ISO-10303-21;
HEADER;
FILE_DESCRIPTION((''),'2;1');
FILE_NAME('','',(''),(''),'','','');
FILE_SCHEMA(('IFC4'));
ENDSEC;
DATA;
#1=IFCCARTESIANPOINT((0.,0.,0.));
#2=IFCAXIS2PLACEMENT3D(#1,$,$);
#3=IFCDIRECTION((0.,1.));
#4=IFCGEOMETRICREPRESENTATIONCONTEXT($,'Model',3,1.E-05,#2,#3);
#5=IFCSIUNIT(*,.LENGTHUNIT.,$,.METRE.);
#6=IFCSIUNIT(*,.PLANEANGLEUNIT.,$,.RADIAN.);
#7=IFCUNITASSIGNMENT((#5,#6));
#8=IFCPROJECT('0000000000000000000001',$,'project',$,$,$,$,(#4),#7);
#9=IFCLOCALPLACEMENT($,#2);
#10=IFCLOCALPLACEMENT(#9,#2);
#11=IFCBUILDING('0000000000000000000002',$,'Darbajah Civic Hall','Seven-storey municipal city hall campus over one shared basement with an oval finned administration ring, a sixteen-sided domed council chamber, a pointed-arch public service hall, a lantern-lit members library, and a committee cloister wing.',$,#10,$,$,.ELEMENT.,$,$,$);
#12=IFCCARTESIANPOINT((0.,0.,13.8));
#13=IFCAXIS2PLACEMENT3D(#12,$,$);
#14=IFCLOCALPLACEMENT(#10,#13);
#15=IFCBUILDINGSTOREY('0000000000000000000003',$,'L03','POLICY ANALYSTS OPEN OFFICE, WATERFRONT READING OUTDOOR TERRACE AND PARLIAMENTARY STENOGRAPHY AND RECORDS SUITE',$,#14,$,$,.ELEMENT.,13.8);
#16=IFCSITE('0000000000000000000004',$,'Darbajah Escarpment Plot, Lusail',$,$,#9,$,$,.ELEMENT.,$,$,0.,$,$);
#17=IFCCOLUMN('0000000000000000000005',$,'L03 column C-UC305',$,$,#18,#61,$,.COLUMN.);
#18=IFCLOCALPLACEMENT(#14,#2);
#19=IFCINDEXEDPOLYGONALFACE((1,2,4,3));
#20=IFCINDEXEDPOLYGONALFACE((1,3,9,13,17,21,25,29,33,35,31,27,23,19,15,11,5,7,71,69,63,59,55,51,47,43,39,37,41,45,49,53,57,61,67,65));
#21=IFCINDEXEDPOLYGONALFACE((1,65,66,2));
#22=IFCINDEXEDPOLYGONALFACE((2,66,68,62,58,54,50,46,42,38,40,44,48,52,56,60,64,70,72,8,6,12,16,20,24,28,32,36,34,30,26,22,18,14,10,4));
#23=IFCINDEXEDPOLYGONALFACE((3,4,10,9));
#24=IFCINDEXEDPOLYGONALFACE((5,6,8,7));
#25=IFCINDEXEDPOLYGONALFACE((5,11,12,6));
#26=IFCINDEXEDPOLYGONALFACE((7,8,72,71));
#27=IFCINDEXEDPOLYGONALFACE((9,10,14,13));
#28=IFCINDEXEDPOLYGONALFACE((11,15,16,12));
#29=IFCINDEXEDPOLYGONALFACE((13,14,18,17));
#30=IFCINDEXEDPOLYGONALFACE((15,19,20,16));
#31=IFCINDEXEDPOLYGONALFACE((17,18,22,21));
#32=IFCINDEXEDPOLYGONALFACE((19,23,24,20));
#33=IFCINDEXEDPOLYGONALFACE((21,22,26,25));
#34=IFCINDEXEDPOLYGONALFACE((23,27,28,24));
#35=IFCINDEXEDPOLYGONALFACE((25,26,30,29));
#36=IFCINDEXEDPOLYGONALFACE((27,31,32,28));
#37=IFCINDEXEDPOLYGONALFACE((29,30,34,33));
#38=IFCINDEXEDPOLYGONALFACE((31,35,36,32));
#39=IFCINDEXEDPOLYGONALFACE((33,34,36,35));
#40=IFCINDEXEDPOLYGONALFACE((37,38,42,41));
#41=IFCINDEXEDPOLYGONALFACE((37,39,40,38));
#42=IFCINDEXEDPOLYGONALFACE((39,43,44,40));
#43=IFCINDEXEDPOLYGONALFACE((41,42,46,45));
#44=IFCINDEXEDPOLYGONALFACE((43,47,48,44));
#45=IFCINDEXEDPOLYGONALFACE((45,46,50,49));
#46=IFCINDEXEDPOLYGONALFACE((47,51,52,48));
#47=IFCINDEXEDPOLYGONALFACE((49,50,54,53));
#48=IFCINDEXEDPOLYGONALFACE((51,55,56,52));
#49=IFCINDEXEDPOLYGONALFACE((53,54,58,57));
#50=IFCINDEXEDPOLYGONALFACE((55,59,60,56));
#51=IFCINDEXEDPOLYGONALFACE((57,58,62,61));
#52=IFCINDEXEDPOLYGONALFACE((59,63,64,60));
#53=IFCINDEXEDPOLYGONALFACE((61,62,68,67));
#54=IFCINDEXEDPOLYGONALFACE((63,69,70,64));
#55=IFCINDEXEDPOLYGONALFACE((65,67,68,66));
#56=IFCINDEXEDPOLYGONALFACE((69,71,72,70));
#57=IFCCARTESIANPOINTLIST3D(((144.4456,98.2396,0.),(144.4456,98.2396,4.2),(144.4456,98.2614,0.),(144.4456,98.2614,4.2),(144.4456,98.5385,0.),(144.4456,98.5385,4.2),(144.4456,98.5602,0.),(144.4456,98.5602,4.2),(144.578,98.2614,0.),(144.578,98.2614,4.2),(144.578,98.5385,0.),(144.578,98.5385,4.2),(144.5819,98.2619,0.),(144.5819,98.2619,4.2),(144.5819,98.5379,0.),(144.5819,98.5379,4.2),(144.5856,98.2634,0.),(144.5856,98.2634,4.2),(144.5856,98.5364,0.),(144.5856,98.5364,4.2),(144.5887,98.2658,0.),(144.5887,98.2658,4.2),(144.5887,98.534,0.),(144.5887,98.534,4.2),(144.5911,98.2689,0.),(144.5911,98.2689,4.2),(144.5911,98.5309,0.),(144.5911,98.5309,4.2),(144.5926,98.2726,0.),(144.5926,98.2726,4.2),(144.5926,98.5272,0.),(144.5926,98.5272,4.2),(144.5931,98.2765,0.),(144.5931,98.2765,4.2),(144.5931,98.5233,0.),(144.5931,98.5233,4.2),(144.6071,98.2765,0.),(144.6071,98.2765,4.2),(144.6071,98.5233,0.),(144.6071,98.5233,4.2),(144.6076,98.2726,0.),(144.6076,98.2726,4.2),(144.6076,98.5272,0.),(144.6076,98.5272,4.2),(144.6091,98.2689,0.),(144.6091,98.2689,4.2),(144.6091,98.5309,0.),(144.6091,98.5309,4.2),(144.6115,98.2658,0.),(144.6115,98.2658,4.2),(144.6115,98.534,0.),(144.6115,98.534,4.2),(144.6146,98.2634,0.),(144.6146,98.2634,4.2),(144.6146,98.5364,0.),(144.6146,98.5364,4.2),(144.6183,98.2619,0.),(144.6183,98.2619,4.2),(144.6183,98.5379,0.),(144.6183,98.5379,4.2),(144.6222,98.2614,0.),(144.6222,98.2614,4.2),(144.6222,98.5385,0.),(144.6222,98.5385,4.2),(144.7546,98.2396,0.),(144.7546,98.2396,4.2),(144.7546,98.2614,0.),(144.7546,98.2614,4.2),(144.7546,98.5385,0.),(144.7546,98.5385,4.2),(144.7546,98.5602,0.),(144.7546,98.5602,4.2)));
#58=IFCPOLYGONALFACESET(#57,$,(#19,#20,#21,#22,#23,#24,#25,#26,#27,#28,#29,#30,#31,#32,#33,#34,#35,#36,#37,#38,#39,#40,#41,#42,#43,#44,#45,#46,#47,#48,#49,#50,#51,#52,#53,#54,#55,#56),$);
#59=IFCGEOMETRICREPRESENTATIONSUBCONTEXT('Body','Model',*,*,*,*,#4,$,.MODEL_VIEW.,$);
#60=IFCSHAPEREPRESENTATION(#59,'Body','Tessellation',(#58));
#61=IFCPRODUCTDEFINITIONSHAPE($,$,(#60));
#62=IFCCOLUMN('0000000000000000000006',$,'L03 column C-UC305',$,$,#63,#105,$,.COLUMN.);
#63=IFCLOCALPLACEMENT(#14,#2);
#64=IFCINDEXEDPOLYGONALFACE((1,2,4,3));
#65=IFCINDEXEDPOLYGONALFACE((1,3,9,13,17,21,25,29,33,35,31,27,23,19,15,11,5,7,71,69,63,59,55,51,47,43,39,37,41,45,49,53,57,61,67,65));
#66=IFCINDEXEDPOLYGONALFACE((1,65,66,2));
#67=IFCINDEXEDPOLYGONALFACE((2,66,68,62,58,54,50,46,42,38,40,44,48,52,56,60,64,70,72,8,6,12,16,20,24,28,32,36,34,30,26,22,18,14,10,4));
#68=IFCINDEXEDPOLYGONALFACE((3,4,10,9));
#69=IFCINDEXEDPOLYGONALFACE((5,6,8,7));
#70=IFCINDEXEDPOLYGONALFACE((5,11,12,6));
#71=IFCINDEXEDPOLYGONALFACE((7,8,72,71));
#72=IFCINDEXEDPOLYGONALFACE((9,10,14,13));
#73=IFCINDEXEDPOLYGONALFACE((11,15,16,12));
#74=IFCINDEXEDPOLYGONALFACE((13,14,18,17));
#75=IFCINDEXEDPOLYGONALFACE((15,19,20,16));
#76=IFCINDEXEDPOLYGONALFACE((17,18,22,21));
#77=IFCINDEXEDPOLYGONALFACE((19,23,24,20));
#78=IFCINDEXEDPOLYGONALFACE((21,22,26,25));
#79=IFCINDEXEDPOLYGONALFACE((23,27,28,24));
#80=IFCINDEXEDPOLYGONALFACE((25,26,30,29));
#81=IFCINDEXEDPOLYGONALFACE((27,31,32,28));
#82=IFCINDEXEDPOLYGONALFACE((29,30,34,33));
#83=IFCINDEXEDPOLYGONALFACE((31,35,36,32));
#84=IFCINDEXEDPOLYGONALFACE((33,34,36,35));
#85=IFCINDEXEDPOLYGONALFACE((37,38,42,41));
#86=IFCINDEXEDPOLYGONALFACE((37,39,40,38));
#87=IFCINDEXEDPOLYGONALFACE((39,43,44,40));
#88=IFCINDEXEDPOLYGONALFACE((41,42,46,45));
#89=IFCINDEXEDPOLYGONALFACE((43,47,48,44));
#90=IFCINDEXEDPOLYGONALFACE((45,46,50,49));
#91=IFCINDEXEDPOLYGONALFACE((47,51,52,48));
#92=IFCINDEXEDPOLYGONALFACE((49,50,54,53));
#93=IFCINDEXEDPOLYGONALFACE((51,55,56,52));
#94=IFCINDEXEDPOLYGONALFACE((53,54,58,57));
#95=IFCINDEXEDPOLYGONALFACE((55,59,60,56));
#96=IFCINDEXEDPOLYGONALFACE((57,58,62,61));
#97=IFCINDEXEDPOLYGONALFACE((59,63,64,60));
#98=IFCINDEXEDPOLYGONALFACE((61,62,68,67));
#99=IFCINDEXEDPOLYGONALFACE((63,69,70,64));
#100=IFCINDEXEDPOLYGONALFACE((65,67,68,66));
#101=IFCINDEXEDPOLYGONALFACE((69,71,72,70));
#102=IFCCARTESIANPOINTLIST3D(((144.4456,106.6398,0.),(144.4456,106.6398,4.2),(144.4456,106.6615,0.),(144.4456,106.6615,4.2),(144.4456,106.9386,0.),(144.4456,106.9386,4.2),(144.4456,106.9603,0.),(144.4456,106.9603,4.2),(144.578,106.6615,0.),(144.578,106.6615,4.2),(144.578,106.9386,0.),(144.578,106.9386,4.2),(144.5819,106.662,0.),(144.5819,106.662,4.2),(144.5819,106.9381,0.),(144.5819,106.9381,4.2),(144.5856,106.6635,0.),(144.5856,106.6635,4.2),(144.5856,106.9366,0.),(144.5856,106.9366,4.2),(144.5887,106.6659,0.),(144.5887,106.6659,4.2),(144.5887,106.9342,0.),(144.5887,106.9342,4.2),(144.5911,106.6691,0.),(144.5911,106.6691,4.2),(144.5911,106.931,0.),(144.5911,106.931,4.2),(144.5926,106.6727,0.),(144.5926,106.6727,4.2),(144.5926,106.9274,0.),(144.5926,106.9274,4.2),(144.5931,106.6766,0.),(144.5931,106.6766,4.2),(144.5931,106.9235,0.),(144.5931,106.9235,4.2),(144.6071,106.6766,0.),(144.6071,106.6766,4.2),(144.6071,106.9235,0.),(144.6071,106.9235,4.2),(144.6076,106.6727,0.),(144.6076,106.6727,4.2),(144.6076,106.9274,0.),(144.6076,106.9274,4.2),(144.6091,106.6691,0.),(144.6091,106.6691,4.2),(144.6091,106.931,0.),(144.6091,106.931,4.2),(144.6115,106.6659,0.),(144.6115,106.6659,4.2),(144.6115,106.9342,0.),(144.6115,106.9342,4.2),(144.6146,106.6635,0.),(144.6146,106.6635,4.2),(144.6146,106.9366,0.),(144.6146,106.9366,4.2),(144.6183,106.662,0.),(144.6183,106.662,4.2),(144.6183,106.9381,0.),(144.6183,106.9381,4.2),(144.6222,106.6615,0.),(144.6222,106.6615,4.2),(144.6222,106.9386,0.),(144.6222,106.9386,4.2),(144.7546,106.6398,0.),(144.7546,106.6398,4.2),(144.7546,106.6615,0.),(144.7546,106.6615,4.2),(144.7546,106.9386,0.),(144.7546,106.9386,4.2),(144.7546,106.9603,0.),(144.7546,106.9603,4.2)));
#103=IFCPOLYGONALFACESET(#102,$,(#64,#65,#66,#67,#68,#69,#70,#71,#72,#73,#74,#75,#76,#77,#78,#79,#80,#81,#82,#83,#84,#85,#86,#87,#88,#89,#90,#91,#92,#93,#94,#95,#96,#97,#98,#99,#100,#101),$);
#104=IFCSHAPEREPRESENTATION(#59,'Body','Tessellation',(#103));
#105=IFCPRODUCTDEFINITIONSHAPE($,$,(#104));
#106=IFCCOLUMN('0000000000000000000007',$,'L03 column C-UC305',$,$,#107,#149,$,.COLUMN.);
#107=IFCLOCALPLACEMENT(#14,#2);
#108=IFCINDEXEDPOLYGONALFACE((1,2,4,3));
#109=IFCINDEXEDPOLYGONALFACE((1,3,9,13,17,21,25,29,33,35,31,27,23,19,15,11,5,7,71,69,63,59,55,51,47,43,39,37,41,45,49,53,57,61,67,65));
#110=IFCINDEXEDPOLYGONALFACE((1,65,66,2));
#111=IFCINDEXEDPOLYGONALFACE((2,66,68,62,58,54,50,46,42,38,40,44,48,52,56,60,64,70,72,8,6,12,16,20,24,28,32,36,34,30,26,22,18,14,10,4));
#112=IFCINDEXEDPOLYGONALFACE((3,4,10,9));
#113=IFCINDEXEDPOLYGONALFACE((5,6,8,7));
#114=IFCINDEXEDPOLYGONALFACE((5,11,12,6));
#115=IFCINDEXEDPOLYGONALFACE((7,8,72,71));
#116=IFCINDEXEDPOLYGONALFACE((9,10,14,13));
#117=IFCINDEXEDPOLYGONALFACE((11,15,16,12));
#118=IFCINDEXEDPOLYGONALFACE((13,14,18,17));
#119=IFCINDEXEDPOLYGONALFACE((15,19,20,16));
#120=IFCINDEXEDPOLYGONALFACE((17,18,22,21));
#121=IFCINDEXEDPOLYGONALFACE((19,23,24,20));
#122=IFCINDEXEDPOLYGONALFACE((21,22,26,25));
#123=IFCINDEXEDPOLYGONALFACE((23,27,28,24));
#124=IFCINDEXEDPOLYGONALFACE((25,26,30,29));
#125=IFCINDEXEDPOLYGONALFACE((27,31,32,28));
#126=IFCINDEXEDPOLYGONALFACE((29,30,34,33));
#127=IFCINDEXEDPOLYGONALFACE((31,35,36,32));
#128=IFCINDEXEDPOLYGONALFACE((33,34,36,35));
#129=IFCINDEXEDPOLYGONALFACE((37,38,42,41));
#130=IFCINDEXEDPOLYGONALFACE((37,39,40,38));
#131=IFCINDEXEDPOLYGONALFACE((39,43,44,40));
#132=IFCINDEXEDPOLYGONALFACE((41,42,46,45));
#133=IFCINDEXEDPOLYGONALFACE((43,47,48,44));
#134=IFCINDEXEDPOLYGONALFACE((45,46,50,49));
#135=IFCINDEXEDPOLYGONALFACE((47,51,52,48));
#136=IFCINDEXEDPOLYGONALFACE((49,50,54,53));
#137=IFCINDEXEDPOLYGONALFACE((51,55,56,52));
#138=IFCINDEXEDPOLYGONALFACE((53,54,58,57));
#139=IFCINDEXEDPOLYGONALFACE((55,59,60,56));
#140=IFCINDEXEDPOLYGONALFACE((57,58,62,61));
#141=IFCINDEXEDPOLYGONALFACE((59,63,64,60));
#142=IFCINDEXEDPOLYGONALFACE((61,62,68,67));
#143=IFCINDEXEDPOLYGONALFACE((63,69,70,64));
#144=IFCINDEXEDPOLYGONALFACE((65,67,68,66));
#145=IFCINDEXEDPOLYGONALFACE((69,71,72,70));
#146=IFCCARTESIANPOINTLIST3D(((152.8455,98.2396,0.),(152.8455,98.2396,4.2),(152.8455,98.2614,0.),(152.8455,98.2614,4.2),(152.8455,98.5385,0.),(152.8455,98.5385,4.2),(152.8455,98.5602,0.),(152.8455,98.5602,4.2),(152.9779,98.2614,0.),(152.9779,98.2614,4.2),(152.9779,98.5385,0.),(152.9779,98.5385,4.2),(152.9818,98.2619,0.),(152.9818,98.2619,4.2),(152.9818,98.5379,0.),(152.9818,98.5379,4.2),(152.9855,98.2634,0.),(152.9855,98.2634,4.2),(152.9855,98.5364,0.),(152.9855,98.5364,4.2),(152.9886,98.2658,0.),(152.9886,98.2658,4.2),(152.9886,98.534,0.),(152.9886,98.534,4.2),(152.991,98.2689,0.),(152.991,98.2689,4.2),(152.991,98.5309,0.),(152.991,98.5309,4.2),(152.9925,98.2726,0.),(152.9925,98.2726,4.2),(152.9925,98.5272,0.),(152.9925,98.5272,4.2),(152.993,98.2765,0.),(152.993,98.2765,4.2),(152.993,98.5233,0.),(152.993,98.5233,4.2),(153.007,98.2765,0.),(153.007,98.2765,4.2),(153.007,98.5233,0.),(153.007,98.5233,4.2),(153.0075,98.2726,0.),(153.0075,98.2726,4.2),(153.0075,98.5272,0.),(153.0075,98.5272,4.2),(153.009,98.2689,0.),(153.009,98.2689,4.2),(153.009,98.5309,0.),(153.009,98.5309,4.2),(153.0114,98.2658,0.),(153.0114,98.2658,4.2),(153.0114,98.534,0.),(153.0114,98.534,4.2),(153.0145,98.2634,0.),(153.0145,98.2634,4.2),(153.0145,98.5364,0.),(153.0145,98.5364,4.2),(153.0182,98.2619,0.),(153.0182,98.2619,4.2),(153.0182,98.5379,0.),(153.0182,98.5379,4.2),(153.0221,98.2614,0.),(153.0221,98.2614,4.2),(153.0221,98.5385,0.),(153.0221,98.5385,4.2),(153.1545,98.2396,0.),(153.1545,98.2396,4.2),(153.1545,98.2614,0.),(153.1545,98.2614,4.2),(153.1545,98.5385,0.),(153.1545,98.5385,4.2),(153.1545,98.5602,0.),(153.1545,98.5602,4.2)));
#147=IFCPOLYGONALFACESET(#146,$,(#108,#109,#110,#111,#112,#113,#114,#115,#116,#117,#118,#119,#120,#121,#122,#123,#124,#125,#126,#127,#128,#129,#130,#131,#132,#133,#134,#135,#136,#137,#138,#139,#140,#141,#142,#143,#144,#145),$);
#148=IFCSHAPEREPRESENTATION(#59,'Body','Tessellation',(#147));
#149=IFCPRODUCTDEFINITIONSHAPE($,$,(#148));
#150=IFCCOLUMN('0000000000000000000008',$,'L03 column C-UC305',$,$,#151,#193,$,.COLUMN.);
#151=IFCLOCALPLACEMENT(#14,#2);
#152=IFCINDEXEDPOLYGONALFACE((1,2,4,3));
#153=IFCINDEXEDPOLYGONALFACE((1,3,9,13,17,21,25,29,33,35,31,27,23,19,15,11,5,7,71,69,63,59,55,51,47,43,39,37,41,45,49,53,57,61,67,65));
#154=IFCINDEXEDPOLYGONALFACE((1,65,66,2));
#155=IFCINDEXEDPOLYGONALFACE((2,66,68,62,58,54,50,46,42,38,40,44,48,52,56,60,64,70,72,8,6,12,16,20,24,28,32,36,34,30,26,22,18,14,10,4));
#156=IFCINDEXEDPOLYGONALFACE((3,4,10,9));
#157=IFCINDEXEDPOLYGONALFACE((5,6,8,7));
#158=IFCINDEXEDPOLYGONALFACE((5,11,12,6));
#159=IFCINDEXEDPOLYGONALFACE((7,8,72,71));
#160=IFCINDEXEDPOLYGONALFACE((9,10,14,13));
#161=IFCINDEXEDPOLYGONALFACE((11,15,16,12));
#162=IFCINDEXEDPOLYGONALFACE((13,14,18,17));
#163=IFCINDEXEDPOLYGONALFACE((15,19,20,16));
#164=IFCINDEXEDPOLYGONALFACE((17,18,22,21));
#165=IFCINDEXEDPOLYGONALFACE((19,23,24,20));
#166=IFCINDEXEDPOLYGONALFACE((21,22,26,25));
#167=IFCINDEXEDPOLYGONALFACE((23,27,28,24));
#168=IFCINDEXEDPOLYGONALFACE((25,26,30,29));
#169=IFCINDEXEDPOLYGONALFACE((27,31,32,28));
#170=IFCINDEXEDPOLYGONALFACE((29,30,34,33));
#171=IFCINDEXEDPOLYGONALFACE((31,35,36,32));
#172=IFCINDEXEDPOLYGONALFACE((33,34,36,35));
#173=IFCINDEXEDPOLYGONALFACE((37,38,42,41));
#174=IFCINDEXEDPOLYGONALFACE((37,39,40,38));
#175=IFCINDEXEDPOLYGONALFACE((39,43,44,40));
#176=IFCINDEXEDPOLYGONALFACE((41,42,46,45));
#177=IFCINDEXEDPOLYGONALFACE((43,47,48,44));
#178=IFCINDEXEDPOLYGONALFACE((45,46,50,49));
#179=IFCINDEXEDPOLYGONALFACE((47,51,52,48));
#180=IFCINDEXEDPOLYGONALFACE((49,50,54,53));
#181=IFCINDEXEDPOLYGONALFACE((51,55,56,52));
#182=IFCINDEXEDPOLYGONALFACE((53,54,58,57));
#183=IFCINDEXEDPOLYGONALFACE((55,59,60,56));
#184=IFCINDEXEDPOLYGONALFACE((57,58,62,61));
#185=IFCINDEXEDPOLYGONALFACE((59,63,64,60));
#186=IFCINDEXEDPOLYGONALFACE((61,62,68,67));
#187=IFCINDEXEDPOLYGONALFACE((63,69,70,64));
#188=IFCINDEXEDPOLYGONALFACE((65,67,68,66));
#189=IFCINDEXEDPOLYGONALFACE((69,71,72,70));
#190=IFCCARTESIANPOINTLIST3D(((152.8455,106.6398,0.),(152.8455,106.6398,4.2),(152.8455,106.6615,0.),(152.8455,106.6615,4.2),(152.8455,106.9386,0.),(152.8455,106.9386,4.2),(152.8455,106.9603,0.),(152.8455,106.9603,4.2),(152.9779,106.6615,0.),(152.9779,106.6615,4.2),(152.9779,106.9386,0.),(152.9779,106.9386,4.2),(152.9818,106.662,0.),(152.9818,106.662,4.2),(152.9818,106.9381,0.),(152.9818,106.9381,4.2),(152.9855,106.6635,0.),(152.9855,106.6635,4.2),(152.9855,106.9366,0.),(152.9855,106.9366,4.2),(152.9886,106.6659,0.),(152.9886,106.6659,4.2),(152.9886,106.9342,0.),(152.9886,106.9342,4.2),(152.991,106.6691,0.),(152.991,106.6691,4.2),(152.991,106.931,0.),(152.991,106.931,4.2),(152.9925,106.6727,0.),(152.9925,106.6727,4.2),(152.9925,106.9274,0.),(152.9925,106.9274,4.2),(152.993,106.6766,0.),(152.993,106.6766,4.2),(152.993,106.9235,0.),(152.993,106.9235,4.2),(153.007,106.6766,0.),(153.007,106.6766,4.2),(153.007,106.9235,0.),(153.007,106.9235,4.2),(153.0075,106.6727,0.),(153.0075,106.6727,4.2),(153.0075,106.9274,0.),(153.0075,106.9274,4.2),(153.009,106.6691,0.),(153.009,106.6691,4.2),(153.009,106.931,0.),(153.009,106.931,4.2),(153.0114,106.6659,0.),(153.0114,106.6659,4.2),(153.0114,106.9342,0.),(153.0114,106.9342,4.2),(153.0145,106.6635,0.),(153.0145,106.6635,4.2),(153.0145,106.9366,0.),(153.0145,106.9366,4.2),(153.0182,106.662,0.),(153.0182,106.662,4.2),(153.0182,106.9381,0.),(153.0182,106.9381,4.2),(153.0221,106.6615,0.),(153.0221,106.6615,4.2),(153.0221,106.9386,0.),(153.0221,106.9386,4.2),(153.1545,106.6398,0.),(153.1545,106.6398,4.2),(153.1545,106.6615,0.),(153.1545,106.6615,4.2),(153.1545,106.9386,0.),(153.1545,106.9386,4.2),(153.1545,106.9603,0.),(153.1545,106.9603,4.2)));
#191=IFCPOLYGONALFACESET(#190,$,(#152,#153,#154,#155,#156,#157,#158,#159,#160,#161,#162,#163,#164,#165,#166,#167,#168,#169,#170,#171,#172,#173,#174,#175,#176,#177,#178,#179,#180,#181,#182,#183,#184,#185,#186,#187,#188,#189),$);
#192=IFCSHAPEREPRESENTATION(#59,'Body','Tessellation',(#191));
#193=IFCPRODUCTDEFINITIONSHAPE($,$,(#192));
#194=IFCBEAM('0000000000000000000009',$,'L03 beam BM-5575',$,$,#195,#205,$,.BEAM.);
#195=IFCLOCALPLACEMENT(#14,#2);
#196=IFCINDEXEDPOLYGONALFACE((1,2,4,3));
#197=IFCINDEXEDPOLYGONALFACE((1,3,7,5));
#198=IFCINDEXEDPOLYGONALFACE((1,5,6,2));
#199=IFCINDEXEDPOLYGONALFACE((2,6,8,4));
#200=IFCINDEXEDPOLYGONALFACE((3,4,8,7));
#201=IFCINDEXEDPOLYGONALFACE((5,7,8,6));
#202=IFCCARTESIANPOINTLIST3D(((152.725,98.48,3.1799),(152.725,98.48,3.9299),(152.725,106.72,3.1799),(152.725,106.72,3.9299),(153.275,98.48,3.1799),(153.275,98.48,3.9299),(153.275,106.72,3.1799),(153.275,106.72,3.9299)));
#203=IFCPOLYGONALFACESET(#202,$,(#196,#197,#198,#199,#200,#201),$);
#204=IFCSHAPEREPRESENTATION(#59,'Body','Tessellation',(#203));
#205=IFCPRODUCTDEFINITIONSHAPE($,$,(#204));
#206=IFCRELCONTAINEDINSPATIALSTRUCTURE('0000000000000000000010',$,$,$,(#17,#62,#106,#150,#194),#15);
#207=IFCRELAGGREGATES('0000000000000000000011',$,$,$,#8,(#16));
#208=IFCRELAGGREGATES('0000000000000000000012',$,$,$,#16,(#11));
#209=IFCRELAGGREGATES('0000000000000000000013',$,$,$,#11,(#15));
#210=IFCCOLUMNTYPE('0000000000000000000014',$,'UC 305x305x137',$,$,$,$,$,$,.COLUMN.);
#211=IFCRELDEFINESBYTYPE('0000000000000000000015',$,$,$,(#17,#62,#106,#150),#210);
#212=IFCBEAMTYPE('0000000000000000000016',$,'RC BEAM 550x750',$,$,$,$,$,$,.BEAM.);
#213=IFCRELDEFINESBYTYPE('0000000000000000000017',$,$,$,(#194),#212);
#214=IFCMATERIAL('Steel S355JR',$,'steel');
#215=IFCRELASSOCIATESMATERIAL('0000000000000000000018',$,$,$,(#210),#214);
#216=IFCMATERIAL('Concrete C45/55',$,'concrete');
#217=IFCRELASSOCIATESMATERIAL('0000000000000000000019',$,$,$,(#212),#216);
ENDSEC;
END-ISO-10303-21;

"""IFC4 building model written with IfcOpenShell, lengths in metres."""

from ifc_helpers import new_model, si_unit, direction, frame, origin, origin_2d, place, context, subcontext, project, spatial, rectangle, i_section, extrude, material, material_profile, profile_set, type_object, element, save


model = new_model("IFC4")

# Units and contexts
model_context = context("Model", 3, precision=1e-05, world=origin(), true_north=direction((0.0, 1.0)))
body_context = subcontext(model_context, "Body", "Model", "MODEL_VIEW")
ifc_project = project(units=[si_unit("LENGTHUNIT", "METRE"), si_unit("PLANEANGLEUNIT", "RADIAN")], contexts=[model_context])

# Site, building, storey
site_placement = place(None, origin())
site = spatial("IfcSite", under=ifc_project, at=site_placement, Name="Darbajah Escarpment Plot, Lusail", CompositionType="ELEMENT", RefElevation=0.0)
building_placement = place(site_placement, origin())
building = spatial("IfcBuilding", under=site, at=building_placement, Name="Darbajah Civic Hall", Description="Seven-storey municipal city hall campus over one shared basement with an oval finned administration ring, a sixteen-sided domed council chamber, a pointed-arch public service hall, a lantern-lit members library, and a committee cloister wing.", CompositionType="ELEMENT")
storey_placement = place(building_placement, frame((0.0, 0.0, 13.8)))
storey = spatial("IfcBuildingStorey", under=building, at=storey_placement, Name="L03", Description="POLICY ANALYSTS OPEN OFFICE, WATERFRONT READING OUTDOOR TERRACE AND PARLIAMENTARY STENOGRAPHY AND RECORDS SUITE", CompositionType="ELEMENT", Elevation=13.8)

# Columns
ifc_material_1 = material(Name="Steel S355JR", Category="steel")
ifc_material_profile_1 = material_profile(ifc_material_1, i_section(OverallWidth=0.3091, OverallDepth=0.3206, WebThickness=0.0139, FlangeThickness=0.0217, FilletRadius=0.0151, at=origin_2d()), Name="UC 305x305x137")
ifc_profile_set_1 = profile_set([ifc_material_profile_1], Name="Steel S355JR")
column_type = type_object("IfcColumnType", Name="UC 305x305x137", PredefinedType="COLUMN", material=ifc_profile_set_1)
for number, where, z_axis, x_axis, name in (
    (1, (144.6001, 98.3999, 0.0), (0.0, 0.0, 1.0), (1.0, 0.0, 0.0), "L03 column C-UC305"),
    (2, (144.6001, 106.8, 0.0), (0.0, 0.0, 1.0), (1.0, 0.0, 0.0), "L03 column C-UC305"),
    (3, (153.0, 98.3999, 0.0), (0.0, 0.0, 1.0), (1.0, 0.0, 0.0), "L03 column C-UC305"),
    (4, (153.0, 106.8, 0.0), (0.0, 0.0, 1.0), (1.0, 0.0, 0.0), "L03 column C-UC305"),
):
    element("IfcColumn", number, at=place(storey_placement, frame(where, z_axis=z_axis, x_axis=x_axis)), inside=storey, type_object=column_type, Name=name, PredefinedType="COLUMN", context=body_context, shape_type="SweptSolid", body=[
        extrude(i_section(OverallWidth=0.3091, OverallDepth=0.3206, WebThickness=0.0139, FlangeThickness=0.0217, FilletRadius=0.0151, at=origin_2d()), origin(), (0.0, 0.0, 1.0), 4.2),
    ])

# Beam
ifc_material_2 = material(Name="Concrete C45/55", Category="concrete")
ifc_material_profile_2 = material_profile(ifc_material_2, rectangle(XDim=0.55, YDim=0.75, at=origin_2d()), Name="RC BEAM 550x750")
ifc_profile_set_2 = profile_set([ifc_material_profile_2], Name="Concrete C45/55")
beam_type_1 = type_object("IfcBeamType", Name="RC BEAM 550x750", PredefinedType="BEAM", material=ifc_profile_set_2)
beam_placement = place(storey_placement, frame((153.0, 98.48, 3.5549), z_axis=(0.0, 1.0, 0.0), x_axis=(-1.0, 0.0, 0.0)))
element("IfcBeam", 5, at=beam_placement, inside=storey, type_object=beam_type_1, Name="L03 beam BM-5575", PredefinedType="BEAM", context=body_context, shape_type="SweptSolid", body=[
    extrude(rectangle(XDim=0.55, YDim=0.75, at=origin_2d()), origin(), (0.0, 0.0, 1.0), 8.24),
])

save(model, "model.ifc")
